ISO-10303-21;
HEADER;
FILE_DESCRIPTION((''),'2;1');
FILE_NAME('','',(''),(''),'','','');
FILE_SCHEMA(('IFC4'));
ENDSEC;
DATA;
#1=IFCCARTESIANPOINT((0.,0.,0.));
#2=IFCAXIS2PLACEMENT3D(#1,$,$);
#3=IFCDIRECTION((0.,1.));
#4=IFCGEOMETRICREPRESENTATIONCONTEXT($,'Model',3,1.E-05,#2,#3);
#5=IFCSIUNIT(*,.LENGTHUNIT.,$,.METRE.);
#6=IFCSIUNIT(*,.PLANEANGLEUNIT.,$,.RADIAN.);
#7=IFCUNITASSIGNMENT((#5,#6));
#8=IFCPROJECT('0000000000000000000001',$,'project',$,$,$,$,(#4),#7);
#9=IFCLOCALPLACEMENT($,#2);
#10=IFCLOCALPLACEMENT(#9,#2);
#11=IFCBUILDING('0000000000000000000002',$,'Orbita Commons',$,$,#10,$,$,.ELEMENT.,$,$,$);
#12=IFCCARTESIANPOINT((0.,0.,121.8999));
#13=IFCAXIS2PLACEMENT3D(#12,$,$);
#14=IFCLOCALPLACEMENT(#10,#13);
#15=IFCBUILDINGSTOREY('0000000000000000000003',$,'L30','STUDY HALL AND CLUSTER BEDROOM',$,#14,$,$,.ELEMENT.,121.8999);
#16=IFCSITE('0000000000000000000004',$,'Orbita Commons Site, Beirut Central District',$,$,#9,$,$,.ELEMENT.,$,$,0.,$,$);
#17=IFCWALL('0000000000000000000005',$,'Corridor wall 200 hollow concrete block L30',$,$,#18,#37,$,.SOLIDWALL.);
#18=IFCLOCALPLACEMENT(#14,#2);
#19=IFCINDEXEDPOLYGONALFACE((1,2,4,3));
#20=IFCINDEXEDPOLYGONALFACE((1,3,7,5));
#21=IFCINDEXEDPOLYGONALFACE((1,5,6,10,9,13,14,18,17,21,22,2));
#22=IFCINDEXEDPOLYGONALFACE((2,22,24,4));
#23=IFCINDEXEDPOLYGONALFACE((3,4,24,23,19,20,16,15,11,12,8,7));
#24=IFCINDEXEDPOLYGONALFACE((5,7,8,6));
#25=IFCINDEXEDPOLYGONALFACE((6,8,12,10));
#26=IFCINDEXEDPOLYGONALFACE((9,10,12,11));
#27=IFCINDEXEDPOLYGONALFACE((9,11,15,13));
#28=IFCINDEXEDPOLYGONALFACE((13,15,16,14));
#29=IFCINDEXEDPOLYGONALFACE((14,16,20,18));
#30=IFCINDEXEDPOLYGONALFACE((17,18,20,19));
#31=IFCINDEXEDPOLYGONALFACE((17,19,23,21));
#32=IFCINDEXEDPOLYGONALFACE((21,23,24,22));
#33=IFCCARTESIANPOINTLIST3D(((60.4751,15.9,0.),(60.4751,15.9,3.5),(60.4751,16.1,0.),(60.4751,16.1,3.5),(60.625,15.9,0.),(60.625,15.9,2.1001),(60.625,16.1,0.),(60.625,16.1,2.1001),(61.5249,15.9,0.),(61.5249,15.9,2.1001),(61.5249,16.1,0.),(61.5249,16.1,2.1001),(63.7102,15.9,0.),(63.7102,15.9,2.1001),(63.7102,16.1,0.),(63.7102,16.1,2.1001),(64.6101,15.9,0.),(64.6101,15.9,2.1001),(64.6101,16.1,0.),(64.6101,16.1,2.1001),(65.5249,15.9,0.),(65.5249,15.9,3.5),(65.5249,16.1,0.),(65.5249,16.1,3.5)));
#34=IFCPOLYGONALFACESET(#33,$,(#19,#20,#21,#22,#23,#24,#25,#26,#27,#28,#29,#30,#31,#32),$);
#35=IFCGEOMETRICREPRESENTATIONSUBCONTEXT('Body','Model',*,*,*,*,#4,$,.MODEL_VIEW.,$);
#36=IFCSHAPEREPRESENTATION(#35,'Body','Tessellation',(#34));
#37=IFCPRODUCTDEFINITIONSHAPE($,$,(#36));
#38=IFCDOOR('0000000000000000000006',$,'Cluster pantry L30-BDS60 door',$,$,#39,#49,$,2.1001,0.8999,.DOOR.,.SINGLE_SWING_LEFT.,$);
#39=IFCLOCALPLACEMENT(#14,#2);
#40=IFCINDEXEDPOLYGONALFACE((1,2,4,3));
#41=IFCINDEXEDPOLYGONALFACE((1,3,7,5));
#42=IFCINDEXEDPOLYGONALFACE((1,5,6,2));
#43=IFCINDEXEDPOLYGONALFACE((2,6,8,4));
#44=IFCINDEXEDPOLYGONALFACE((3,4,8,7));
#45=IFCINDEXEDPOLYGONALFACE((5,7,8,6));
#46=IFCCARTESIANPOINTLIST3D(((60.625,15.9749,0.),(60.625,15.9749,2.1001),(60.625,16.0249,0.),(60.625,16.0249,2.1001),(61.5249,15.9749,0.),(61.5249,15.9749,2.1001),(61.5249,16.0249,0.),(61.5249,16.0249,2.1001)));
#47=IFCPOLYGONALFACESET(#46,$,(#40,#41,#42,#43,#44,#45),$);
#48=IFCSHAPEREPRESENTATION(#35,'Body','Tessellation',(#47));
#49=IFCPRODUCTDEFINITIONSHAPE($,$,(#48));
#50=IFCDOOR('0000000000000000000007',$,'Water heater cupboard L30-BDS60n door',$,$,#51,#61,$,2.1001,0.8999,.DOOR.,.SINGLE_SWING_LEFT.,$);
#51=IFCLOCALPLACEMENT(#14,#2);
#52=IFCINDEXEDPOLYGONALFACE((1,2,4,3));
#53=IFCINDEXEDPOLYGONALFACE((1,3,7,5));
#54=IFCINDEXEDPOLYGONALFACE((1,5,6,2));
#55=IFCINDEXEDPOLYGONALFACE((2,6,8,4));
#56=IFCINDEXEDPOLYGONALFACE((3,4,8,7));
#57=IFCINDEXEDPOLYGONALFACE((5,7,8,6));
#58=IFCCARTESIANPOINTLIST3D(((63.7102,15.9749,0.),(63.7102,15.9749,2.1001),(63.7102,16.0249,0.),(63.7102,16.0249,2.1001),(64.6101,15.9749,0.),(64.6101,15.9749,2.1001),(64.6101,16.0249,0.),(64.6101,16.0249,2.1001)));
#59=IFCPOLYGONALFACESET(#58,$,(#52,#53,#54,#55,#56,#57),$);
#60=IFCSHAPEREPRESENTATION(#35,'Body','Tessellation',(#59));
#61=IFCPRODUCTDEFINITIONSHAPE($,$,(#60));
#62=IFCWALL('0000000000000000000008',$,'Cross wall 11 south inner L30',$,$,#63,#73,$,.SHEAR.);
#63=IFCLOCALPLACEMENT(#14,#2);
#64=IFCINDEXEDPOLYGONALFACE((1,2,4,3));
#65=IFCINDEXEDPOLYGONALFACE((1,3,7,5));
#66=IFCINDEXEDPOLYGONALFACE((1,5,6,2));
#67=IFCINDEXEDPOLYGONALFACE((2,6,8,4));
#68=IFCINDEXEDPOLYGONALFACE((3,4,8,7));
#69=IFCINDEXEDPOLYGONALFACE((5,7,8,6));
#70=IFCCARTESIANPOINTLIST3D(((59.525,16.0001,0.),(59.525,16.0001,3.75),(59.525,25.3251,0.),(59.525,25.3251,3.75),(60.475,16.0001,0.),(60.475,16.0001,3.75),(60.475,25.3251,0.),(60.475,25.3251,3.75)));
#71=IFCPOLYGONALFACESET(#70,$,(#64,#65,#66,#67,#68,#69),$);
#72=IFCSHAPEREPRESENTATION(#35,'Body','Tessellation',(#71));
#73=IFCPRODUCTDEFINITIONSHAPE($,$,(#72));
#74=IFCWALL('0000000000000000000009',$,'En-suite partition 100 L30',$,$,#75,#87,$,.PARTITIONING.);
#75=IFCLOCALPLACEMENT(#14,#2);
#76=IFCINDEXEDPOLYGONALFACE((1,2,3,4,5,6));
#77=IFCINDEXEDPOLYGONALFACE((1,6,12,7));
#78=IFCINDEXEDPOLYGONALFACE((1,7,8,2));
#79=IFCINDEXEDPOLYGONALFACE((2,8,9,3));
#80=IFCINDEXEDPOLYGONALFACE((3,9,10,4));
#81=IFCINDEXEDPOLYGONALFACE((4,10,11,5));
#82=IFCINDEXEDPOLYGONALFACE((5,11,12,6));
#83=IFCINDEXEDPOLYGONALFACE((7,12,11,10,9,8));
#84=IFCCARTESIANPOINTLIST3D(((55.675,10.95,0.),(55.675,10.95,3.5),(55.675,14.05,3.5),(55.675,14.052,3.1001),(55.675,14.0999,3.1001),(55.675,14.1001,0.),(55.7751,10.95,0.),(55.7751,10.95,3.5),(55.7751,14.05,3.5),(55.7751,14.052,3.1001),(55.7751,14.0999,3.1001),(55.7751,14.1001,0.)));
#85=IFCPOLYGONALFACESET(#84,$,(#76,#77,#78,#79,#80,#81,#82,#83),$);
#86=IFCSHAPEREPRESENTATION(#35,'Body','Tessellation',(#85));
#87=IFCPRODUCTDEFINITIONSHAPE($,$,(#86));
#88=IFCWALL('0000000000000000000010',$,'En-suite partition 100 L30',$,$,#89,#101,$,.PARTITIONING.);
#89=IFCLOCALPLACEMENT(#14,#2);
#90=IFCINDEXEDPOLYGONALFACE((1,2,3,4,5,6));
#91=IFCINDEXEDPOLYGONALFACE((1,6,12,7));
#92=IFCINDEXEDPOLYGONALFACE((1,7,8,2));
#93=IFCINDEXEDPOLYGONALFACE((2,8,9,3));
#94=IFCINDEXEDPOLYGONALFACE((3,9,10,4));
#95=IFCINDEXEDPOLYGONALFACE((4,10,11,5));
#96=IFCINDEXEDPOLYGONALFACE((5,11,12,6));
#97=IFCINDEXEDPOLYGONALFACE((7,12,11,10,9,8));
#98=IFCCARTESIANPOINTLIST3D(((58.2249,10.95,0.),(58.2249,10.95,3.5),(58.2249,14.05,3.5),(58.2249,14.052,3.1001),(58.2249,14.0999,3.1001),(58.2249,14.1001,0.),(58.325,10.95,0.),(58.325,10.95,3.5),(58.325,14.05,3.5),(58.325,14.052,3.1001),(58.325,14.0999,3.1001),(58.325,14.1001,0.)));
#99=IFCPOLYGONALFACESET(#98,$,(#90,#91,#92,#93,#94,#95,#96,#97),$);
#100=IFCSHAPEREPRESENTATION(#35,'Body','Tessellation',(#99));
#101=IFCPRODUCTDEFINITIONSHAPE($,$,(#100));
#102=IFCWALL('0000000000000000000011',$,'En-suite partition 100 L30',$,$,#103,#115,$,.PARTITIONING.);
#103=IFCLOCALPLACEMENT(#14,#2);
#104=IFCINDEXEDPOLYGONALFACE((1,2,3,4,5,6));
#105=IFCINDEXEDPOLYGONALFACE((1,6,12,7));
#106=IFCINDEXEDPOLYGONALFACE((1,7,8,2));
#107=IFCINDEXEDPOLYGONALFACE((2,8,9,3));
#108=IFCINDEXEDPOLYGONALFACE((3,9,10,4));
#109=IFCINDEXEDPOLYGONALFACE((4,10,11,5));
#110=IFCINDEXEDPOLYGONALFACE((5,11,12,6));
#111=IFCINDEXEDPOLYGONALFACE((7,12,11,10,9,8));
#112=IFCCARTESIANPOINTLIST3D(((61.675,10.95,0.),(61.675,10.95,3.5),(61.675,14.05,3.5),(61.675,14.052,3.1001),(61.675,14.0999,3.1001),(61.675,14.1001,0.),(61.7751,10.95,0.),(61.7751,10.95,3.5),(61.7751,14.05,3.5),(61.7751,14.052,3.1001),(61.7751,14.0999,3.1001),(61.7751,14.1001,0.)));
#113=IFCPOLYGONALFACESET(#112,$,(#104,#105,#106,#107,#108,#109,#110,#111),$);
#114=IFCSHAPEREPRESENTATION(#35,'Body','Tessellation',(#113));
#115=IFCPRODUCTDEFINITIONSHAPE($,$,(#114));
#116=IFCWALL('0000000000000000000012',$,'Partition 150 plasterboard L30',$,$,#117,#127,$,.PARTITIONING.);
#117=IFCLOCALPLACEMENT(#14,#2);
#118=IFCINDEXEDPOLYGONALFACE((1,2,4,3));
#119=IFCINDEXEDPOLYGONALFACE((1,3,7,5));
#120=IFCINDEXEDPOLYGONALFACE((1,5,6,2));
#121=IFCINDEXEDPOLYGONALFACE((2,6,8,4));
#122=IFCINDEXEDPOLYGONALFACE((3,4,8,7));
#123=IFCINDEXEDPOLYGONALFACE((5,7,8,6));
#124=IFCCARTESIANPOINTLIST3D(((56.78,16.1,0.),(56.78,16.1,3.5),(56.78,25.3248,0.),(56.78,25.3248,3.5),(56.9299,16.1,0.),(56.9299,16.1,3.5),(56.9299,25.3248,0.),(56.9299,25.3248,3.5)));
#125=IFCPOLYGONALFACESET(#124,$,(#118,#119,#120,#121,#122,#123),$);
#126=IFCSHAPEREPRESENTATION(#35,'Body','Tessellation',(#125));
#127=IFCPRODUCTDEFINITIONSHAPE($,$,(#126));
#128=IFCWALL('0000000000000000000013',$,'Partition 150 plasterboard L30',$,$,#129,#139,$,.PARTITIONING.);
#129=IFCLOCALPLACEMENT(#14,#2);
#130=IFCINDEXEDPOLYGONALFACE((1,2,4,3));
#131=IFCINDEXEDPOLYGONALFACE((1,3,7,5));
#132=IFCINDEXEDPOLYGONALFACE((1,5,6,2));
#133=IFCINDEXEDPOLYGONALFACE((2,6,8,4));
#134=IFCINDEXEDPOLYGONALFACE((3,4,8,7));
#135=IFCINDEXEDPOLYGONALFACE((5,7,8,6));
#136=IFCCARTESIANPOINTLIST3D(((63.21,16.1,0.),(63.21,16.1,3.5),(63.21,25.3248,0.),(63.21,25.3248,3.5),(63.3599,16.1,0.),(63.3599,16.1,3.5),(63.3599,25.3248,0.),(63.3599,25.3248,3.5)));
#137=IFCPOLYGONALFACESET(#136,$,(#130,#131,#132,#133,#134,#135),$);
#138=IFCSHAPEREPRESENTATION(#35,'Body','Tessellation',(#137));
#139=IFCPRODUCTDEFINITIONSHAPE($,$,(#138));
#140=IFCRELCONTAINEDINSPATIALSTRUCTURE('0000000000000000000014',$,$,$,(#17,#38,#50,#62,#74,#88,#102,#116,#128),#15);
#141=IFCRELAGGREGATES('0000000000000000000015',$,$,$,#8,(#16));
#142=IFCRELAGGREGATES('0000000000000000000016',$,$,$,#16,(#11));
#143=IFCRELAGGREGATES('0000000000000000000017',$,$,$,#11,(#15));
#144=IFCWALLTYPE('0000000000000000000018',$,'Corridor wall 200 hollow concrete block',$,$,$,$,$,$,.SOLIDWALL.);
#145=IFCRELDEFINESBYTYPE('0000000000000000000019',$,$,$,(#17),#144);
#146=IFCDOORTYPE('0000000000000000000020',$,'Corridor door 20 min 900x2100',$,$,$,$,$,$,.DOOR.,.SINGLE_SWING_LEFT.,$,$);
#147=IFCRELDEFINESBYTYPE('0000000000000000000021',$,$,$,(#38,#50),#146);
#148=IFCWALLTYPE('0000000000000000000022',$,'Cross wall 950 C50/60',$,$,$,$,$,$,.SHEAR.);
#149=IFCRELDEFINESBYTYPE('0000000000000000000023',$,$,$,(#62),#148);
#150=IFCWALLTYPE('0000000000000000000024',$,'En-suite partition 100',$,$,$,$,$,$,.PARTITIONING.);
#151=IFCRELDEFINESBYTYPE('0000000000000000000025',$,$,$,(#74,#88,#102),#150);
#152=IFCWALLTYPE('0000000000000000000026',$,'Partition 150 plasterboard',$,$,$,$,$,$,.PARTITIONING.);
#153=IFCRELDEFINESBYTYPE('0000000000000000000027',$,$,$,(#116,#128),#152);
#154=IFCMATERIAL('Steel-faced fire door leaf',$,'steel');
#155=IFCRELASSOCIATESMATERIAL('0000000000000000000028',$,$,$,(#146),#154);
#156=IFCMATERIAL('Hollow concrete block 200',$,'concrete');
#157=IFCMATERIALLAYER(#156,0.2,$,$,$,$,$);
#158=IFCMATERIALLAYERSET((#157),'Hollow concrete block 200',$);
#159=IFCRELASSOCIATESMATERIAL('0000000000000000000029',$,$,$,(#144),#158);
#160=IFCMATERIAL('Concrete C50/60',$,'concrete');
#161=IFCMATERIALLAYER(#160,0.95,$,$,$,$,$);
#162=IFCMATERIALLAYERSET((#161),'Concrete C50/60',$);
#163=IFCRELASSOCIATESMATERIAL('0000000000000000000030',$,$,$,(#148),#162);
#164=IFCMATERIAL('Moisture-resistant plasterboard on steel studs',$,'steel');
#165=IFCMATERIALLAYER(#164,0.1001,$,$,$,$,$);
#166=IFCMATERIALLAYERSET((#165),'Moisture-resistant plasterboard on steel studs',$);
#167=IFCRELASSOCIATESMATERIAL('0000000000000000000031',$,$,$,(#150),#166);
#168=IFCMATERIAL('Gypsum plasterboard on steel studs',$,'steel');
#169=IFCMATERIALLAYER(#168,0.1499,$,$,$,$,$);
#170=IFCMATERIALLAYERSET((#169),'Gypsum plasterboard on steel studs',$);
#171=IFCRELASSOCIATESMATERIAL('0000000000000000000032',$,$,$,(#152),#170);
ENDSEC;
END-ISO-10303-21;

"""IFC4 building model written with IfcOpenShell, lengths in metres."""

from ifc_helpers import new_model, si_unit, direction, frame, frame_2d, origin, place, context, subcontext, project, spatial, polyline, rectangle, outline, extrude, material, layer, layer_set, type_object, element, fill, save


model = new_model("IFC4")

# Units and contexts
model_context = context("Model", 3, precision=1e-05, world=origin(), true_north=direction((0.0, 1.0)))
body_context = subcontext(model_context, "Body", "Model", "MODEL_VIEW")
ifc_project = project(units=[si_unit("LENGTHUNIT", "METRE"), si_unit("PLANEANGLEUNIT", "RADIAN")], contexts=[model_context])

# Site, building, storey
site_placement = place(None, origin())
site = spatial("IfcSite", under=ifc_project, at=site_placement, Name="Orbita Commons Site, Beirut Central District", CompositionType="ELEMENT", RefElevation=0.0)
building_placement = place(site_placement, origin())
building = spatial("IfcBuilding", under=site, at=building_placement, Name="Orbita Commons", CompositionType="ELEMENT")
storey_placement = place(building_placement, frame((0.0, 0.0, 121.8999)))
storey = spatial("IfcBuildingStorey", under=building, at=storey_placement, Name="L30", Description="STUDY HALL AND CLUSTER BEDROOM", CompositionType="ELEMENT", Elevation=121.8999)

# Wall, openings, doors
ifc_material_1 = material(Name="Steel-faced fire door leaf", Category="steel")
door_type = type_object("IfcDoorType", Name="Corridor door 20 min 900x2100", OperationType="SINGLE_SWING_LEFT", PredefinedType="DOOR", material=ifc_material_1)
ifc_material_2 = material(Name="Hollow concrete block 200", Category="concrete")
ifc_layer_1 = layer(ifc_material_2, 0.2)
ifc_layer_set_1 = layer_set([ifc_layer_1], Name="Hollow concrete block 200")
wall_type_1 = type_object("IfcWallType", Name="Corridor wall 200 hollow concrete block", PredefinedType="SOLIDWALL", material=ifc_layer_set_1)
wall_1_placement = place(storey_placement, frame((60.4751, 16.0, 0.0), z_axis=(0.0, 0.0, 1.0), x_axis=(1.0, 0.0, 0.0)))
wall_1 = element("IfcWall", 1, at=wall_1_placement, inside=storey, type_object=wall_type_1, Name="Corridor wall 200 hollow concrete block L30", PredefinedType="SOLIDWALL", context=body_context, shape_type="SweptSolid", body=[
    extrude(rectangle(XDim=5.0498, YDim=0.2, at=frame_2d((2.5249, 0.0))), origin(), (0.0, 0.0, 1.0), 3.5),
])
opening_1_placement = place(wall_1_placement, frame((0.1499, 0.0, 0.0)))
opening_1 = element("IfcOpeningElement", 2, at=opening_1_placement, cuts=wall_1, PredefinedType="OPENING", context=body_context, shape_type="SweptSolid", body=[
    extrude(rectangle(XDim=0.8999, YDim=2.1001, at=frame_2d((0.45, 1.05))), frame((0.0, 0.1099, 0.0), z_axis=(0.0, -1.0, 0.0), x_axis=(1.0, 0.0, 0.0)), (0.0, 0.0, 1.0), 0.22),
])
opening_2_placement = place(wall_1_placement, frame((3.2351, 0.0, 0.0)))
opening_2 = element("IfcOpeningElement", 3, at=opening_2_placement, cuts=wall_1, PredefinedType="OPENING", context=body_context, shape_type="SweptSolid", body=[
    extrude(rectangle(XDim=0.8999, YDim=2.1001, at=frame_2d((0.45, 1.05))), frame((0.0, 0.1099, 0.0), z_axis=(0.0, -1.0, 0.0), x_axis=(1.0, 0.0, 0.0)), (0.0, 0.0, 1.0), 0.22),
])
door_1_placement = place(opening_1_placement, origin())
door_1 = element("IfcDoor", 4, at=door_1_placement, inside=storey, type_object=door_type, Name="Cluster pantry L30-BDS60 door", OperationType="SINGLE_SWING_LEFT", OverallHeight=2.1001, OverallWidth=0.8999, PredefinedType="DOOR", context=body_context, shape_type="SweptSolid", body=[
    extrude(rectangle(XDim=0.8999, YDim=2.1001, at=frame_2d((0.45, 1.05))), frame((0.0, 0.0249, 0.0), z_axis=(0.0, -1.0, 0.0), x_axis=(1.0, 0.0, 0.0)), (0.0, 0.0, 1.0), 0.05),
])
fill(opening_1, door_1)
door_2_placement = place(opening_2_placement, origin())
door_2 = element("IfcDoor", 5, at=door_2_placement, inside=storey, type_object=door_type, Name="Water heater cupboard L30-BDS60n door", OperationType="SINGLE_SWING_LEFT", OverallHeight=2.1001, OverallWidth=0.8999, PredefinedType="DOOR", context=body_context, shape_type="SweptSolid", body=[
    extrude(rectangle(XDim=0.8999, YDim=2.1001, at=frame_2d((0.45, 1.05))), frame((0.0, 0.0249, 0.0), z_axis=(0.0, -1.0, 0.0), x_axis=(1.0, 0.0, 0.0)), (0.0, 0.0, 1.0), 0.05),
])
fill(opening_2, door_2)

# Walls
ifc_material_3 = material(Name="Concrete C50/60", Category="concrete")
ifc_layer_2 = layer(ifc_material_3, 0.95)
ifc_layer_set_2 = layer_set([ifc_layer_2], Name="Concrete C50/60")
wall_type_2 = type_object("IfcWallType", Name="Cross wall 950 C50/60", PredefinedType="SHEAR", material=ifc_layer_set_2)
wall_2_placement = place(storey_placement, frame((60.0, 16.0, 0.0), z_axis=(0.0, 0.0, 1.0), x_axis=(0.0, 1.0, 0.0)))
element("IfcWall", 6, at=wall_2_placement, inside=storey, type_object=wall_type_2, Name="Cross wall 11 south inner L30", PredefinedType="SHEAR", context=body_context, shape_type="SweptSolid", body=[
    extrude(rectangle(XDim=9.325, YDim=0.95, at=frame_2d((4.6626, 0.0))), origin(), (0.0, 0.0, 1.0), 3.75),
])
ifc_material_4 = material(Name="Moisture-resistant plasterboard on steel studs", Category="steel")
ifc_layer_3 = layer(ifc_material_4, 0.1001)
ifc_layer_set_3 = layer_set([ifc_layer_3], Name="Moisture-resistant plasterboard on steel studs")
wall_type_3 = type_object("IfcWallType", Name="En-suite partition 100", PredefinedType="PARTITIONING", material=ifc_layer_set_3)
for number, where, z_axis, x_axis, name in (
    (7, (55.7251, 10.95, 0.0), (0.0, 0.0, 1.0), (0.0, 1.0, 0.0), "En-suite partition 100 L30"),
    (8, (58.2749, 10.95, 0.0), (0.0, 0.0, 1.0), (0.0, 1.0, 0.0), "En-suite partition 100 L30"),
    (9, (61.7251, 10.95, 0.0), (0.0, 0.0, 1.0), (0.0, 1.0, 0.0), "En-suite partition 100 L30"),
):
    element("IfcWall", number, at=place(storey_placement, frame(where, z_axis=z_axis, x_axis=x_axis)), inside=storey, type_object=wall_type_3, Name=name, PredefinedType="PARTITIONING", context=body_context, shape_type="SweptSolid", body=[
        extrude(outline(polyline([(0.0, 0.0), (3.1501, 0.0), (3.1499, 3.1001), (3.1021, 3.1001), (3.1001, 3.5), (0.0, 3.5), (0.0, 0.0)])), frame((0.0, 0.05, 0.0), z_axis=(0.0, -1.0, 0.0), x_axis=(1.0, 0.0, 0.0)), (0.0, 0.0, 1.0), 0.1001),
    ])
ifc_material_5 = material(Name="Gypsum plasterboard on steel studs", Category="steel")
ifc_layer_4 = layer(ifc_material_5, 0.1499)
ifc_layer_set_4 = layer_set([ifc_layer_4], Name="Gypsum plasterboard on steel studs")
wall_type_4 = type_object("IfcWallType", Name="Partition 150 plasterboard", PredefinedType="PARTITIONING", material=ifc_layer_set_4)
for number, where, z_axis, x_axis, name in (
    (10, (56.855, 16.1001, 0.0), (0.0, 0.0, 1.0), (0.0, 1.0, 0.0), "Partition 150 plasterboard L30"),
    (11, (63.2849, 16.1001, 0.0), (0.0, 0.0, 1.0), (0.0, 1.0, 0.0), "Partition 150 plasterboard L30"),
):
    element("IfcWall", number, at=place(storey_placement, frame(where, z_axis=z_axis, x_axis=x_axis)), inside=storey, type_object=wall_type_4, Name=name, PredefinedType="PARTITIONING", context=body_context, shape_type="SweptSolid", body=[
        extrude(rectangle(XDim=9.2249, YDim=0.1499, at=frame_2d((4.6123, 0.0))), origin(), (0.0, 0.0, 1.0), 3.5),
    ])

save(model, "model.ifc")
